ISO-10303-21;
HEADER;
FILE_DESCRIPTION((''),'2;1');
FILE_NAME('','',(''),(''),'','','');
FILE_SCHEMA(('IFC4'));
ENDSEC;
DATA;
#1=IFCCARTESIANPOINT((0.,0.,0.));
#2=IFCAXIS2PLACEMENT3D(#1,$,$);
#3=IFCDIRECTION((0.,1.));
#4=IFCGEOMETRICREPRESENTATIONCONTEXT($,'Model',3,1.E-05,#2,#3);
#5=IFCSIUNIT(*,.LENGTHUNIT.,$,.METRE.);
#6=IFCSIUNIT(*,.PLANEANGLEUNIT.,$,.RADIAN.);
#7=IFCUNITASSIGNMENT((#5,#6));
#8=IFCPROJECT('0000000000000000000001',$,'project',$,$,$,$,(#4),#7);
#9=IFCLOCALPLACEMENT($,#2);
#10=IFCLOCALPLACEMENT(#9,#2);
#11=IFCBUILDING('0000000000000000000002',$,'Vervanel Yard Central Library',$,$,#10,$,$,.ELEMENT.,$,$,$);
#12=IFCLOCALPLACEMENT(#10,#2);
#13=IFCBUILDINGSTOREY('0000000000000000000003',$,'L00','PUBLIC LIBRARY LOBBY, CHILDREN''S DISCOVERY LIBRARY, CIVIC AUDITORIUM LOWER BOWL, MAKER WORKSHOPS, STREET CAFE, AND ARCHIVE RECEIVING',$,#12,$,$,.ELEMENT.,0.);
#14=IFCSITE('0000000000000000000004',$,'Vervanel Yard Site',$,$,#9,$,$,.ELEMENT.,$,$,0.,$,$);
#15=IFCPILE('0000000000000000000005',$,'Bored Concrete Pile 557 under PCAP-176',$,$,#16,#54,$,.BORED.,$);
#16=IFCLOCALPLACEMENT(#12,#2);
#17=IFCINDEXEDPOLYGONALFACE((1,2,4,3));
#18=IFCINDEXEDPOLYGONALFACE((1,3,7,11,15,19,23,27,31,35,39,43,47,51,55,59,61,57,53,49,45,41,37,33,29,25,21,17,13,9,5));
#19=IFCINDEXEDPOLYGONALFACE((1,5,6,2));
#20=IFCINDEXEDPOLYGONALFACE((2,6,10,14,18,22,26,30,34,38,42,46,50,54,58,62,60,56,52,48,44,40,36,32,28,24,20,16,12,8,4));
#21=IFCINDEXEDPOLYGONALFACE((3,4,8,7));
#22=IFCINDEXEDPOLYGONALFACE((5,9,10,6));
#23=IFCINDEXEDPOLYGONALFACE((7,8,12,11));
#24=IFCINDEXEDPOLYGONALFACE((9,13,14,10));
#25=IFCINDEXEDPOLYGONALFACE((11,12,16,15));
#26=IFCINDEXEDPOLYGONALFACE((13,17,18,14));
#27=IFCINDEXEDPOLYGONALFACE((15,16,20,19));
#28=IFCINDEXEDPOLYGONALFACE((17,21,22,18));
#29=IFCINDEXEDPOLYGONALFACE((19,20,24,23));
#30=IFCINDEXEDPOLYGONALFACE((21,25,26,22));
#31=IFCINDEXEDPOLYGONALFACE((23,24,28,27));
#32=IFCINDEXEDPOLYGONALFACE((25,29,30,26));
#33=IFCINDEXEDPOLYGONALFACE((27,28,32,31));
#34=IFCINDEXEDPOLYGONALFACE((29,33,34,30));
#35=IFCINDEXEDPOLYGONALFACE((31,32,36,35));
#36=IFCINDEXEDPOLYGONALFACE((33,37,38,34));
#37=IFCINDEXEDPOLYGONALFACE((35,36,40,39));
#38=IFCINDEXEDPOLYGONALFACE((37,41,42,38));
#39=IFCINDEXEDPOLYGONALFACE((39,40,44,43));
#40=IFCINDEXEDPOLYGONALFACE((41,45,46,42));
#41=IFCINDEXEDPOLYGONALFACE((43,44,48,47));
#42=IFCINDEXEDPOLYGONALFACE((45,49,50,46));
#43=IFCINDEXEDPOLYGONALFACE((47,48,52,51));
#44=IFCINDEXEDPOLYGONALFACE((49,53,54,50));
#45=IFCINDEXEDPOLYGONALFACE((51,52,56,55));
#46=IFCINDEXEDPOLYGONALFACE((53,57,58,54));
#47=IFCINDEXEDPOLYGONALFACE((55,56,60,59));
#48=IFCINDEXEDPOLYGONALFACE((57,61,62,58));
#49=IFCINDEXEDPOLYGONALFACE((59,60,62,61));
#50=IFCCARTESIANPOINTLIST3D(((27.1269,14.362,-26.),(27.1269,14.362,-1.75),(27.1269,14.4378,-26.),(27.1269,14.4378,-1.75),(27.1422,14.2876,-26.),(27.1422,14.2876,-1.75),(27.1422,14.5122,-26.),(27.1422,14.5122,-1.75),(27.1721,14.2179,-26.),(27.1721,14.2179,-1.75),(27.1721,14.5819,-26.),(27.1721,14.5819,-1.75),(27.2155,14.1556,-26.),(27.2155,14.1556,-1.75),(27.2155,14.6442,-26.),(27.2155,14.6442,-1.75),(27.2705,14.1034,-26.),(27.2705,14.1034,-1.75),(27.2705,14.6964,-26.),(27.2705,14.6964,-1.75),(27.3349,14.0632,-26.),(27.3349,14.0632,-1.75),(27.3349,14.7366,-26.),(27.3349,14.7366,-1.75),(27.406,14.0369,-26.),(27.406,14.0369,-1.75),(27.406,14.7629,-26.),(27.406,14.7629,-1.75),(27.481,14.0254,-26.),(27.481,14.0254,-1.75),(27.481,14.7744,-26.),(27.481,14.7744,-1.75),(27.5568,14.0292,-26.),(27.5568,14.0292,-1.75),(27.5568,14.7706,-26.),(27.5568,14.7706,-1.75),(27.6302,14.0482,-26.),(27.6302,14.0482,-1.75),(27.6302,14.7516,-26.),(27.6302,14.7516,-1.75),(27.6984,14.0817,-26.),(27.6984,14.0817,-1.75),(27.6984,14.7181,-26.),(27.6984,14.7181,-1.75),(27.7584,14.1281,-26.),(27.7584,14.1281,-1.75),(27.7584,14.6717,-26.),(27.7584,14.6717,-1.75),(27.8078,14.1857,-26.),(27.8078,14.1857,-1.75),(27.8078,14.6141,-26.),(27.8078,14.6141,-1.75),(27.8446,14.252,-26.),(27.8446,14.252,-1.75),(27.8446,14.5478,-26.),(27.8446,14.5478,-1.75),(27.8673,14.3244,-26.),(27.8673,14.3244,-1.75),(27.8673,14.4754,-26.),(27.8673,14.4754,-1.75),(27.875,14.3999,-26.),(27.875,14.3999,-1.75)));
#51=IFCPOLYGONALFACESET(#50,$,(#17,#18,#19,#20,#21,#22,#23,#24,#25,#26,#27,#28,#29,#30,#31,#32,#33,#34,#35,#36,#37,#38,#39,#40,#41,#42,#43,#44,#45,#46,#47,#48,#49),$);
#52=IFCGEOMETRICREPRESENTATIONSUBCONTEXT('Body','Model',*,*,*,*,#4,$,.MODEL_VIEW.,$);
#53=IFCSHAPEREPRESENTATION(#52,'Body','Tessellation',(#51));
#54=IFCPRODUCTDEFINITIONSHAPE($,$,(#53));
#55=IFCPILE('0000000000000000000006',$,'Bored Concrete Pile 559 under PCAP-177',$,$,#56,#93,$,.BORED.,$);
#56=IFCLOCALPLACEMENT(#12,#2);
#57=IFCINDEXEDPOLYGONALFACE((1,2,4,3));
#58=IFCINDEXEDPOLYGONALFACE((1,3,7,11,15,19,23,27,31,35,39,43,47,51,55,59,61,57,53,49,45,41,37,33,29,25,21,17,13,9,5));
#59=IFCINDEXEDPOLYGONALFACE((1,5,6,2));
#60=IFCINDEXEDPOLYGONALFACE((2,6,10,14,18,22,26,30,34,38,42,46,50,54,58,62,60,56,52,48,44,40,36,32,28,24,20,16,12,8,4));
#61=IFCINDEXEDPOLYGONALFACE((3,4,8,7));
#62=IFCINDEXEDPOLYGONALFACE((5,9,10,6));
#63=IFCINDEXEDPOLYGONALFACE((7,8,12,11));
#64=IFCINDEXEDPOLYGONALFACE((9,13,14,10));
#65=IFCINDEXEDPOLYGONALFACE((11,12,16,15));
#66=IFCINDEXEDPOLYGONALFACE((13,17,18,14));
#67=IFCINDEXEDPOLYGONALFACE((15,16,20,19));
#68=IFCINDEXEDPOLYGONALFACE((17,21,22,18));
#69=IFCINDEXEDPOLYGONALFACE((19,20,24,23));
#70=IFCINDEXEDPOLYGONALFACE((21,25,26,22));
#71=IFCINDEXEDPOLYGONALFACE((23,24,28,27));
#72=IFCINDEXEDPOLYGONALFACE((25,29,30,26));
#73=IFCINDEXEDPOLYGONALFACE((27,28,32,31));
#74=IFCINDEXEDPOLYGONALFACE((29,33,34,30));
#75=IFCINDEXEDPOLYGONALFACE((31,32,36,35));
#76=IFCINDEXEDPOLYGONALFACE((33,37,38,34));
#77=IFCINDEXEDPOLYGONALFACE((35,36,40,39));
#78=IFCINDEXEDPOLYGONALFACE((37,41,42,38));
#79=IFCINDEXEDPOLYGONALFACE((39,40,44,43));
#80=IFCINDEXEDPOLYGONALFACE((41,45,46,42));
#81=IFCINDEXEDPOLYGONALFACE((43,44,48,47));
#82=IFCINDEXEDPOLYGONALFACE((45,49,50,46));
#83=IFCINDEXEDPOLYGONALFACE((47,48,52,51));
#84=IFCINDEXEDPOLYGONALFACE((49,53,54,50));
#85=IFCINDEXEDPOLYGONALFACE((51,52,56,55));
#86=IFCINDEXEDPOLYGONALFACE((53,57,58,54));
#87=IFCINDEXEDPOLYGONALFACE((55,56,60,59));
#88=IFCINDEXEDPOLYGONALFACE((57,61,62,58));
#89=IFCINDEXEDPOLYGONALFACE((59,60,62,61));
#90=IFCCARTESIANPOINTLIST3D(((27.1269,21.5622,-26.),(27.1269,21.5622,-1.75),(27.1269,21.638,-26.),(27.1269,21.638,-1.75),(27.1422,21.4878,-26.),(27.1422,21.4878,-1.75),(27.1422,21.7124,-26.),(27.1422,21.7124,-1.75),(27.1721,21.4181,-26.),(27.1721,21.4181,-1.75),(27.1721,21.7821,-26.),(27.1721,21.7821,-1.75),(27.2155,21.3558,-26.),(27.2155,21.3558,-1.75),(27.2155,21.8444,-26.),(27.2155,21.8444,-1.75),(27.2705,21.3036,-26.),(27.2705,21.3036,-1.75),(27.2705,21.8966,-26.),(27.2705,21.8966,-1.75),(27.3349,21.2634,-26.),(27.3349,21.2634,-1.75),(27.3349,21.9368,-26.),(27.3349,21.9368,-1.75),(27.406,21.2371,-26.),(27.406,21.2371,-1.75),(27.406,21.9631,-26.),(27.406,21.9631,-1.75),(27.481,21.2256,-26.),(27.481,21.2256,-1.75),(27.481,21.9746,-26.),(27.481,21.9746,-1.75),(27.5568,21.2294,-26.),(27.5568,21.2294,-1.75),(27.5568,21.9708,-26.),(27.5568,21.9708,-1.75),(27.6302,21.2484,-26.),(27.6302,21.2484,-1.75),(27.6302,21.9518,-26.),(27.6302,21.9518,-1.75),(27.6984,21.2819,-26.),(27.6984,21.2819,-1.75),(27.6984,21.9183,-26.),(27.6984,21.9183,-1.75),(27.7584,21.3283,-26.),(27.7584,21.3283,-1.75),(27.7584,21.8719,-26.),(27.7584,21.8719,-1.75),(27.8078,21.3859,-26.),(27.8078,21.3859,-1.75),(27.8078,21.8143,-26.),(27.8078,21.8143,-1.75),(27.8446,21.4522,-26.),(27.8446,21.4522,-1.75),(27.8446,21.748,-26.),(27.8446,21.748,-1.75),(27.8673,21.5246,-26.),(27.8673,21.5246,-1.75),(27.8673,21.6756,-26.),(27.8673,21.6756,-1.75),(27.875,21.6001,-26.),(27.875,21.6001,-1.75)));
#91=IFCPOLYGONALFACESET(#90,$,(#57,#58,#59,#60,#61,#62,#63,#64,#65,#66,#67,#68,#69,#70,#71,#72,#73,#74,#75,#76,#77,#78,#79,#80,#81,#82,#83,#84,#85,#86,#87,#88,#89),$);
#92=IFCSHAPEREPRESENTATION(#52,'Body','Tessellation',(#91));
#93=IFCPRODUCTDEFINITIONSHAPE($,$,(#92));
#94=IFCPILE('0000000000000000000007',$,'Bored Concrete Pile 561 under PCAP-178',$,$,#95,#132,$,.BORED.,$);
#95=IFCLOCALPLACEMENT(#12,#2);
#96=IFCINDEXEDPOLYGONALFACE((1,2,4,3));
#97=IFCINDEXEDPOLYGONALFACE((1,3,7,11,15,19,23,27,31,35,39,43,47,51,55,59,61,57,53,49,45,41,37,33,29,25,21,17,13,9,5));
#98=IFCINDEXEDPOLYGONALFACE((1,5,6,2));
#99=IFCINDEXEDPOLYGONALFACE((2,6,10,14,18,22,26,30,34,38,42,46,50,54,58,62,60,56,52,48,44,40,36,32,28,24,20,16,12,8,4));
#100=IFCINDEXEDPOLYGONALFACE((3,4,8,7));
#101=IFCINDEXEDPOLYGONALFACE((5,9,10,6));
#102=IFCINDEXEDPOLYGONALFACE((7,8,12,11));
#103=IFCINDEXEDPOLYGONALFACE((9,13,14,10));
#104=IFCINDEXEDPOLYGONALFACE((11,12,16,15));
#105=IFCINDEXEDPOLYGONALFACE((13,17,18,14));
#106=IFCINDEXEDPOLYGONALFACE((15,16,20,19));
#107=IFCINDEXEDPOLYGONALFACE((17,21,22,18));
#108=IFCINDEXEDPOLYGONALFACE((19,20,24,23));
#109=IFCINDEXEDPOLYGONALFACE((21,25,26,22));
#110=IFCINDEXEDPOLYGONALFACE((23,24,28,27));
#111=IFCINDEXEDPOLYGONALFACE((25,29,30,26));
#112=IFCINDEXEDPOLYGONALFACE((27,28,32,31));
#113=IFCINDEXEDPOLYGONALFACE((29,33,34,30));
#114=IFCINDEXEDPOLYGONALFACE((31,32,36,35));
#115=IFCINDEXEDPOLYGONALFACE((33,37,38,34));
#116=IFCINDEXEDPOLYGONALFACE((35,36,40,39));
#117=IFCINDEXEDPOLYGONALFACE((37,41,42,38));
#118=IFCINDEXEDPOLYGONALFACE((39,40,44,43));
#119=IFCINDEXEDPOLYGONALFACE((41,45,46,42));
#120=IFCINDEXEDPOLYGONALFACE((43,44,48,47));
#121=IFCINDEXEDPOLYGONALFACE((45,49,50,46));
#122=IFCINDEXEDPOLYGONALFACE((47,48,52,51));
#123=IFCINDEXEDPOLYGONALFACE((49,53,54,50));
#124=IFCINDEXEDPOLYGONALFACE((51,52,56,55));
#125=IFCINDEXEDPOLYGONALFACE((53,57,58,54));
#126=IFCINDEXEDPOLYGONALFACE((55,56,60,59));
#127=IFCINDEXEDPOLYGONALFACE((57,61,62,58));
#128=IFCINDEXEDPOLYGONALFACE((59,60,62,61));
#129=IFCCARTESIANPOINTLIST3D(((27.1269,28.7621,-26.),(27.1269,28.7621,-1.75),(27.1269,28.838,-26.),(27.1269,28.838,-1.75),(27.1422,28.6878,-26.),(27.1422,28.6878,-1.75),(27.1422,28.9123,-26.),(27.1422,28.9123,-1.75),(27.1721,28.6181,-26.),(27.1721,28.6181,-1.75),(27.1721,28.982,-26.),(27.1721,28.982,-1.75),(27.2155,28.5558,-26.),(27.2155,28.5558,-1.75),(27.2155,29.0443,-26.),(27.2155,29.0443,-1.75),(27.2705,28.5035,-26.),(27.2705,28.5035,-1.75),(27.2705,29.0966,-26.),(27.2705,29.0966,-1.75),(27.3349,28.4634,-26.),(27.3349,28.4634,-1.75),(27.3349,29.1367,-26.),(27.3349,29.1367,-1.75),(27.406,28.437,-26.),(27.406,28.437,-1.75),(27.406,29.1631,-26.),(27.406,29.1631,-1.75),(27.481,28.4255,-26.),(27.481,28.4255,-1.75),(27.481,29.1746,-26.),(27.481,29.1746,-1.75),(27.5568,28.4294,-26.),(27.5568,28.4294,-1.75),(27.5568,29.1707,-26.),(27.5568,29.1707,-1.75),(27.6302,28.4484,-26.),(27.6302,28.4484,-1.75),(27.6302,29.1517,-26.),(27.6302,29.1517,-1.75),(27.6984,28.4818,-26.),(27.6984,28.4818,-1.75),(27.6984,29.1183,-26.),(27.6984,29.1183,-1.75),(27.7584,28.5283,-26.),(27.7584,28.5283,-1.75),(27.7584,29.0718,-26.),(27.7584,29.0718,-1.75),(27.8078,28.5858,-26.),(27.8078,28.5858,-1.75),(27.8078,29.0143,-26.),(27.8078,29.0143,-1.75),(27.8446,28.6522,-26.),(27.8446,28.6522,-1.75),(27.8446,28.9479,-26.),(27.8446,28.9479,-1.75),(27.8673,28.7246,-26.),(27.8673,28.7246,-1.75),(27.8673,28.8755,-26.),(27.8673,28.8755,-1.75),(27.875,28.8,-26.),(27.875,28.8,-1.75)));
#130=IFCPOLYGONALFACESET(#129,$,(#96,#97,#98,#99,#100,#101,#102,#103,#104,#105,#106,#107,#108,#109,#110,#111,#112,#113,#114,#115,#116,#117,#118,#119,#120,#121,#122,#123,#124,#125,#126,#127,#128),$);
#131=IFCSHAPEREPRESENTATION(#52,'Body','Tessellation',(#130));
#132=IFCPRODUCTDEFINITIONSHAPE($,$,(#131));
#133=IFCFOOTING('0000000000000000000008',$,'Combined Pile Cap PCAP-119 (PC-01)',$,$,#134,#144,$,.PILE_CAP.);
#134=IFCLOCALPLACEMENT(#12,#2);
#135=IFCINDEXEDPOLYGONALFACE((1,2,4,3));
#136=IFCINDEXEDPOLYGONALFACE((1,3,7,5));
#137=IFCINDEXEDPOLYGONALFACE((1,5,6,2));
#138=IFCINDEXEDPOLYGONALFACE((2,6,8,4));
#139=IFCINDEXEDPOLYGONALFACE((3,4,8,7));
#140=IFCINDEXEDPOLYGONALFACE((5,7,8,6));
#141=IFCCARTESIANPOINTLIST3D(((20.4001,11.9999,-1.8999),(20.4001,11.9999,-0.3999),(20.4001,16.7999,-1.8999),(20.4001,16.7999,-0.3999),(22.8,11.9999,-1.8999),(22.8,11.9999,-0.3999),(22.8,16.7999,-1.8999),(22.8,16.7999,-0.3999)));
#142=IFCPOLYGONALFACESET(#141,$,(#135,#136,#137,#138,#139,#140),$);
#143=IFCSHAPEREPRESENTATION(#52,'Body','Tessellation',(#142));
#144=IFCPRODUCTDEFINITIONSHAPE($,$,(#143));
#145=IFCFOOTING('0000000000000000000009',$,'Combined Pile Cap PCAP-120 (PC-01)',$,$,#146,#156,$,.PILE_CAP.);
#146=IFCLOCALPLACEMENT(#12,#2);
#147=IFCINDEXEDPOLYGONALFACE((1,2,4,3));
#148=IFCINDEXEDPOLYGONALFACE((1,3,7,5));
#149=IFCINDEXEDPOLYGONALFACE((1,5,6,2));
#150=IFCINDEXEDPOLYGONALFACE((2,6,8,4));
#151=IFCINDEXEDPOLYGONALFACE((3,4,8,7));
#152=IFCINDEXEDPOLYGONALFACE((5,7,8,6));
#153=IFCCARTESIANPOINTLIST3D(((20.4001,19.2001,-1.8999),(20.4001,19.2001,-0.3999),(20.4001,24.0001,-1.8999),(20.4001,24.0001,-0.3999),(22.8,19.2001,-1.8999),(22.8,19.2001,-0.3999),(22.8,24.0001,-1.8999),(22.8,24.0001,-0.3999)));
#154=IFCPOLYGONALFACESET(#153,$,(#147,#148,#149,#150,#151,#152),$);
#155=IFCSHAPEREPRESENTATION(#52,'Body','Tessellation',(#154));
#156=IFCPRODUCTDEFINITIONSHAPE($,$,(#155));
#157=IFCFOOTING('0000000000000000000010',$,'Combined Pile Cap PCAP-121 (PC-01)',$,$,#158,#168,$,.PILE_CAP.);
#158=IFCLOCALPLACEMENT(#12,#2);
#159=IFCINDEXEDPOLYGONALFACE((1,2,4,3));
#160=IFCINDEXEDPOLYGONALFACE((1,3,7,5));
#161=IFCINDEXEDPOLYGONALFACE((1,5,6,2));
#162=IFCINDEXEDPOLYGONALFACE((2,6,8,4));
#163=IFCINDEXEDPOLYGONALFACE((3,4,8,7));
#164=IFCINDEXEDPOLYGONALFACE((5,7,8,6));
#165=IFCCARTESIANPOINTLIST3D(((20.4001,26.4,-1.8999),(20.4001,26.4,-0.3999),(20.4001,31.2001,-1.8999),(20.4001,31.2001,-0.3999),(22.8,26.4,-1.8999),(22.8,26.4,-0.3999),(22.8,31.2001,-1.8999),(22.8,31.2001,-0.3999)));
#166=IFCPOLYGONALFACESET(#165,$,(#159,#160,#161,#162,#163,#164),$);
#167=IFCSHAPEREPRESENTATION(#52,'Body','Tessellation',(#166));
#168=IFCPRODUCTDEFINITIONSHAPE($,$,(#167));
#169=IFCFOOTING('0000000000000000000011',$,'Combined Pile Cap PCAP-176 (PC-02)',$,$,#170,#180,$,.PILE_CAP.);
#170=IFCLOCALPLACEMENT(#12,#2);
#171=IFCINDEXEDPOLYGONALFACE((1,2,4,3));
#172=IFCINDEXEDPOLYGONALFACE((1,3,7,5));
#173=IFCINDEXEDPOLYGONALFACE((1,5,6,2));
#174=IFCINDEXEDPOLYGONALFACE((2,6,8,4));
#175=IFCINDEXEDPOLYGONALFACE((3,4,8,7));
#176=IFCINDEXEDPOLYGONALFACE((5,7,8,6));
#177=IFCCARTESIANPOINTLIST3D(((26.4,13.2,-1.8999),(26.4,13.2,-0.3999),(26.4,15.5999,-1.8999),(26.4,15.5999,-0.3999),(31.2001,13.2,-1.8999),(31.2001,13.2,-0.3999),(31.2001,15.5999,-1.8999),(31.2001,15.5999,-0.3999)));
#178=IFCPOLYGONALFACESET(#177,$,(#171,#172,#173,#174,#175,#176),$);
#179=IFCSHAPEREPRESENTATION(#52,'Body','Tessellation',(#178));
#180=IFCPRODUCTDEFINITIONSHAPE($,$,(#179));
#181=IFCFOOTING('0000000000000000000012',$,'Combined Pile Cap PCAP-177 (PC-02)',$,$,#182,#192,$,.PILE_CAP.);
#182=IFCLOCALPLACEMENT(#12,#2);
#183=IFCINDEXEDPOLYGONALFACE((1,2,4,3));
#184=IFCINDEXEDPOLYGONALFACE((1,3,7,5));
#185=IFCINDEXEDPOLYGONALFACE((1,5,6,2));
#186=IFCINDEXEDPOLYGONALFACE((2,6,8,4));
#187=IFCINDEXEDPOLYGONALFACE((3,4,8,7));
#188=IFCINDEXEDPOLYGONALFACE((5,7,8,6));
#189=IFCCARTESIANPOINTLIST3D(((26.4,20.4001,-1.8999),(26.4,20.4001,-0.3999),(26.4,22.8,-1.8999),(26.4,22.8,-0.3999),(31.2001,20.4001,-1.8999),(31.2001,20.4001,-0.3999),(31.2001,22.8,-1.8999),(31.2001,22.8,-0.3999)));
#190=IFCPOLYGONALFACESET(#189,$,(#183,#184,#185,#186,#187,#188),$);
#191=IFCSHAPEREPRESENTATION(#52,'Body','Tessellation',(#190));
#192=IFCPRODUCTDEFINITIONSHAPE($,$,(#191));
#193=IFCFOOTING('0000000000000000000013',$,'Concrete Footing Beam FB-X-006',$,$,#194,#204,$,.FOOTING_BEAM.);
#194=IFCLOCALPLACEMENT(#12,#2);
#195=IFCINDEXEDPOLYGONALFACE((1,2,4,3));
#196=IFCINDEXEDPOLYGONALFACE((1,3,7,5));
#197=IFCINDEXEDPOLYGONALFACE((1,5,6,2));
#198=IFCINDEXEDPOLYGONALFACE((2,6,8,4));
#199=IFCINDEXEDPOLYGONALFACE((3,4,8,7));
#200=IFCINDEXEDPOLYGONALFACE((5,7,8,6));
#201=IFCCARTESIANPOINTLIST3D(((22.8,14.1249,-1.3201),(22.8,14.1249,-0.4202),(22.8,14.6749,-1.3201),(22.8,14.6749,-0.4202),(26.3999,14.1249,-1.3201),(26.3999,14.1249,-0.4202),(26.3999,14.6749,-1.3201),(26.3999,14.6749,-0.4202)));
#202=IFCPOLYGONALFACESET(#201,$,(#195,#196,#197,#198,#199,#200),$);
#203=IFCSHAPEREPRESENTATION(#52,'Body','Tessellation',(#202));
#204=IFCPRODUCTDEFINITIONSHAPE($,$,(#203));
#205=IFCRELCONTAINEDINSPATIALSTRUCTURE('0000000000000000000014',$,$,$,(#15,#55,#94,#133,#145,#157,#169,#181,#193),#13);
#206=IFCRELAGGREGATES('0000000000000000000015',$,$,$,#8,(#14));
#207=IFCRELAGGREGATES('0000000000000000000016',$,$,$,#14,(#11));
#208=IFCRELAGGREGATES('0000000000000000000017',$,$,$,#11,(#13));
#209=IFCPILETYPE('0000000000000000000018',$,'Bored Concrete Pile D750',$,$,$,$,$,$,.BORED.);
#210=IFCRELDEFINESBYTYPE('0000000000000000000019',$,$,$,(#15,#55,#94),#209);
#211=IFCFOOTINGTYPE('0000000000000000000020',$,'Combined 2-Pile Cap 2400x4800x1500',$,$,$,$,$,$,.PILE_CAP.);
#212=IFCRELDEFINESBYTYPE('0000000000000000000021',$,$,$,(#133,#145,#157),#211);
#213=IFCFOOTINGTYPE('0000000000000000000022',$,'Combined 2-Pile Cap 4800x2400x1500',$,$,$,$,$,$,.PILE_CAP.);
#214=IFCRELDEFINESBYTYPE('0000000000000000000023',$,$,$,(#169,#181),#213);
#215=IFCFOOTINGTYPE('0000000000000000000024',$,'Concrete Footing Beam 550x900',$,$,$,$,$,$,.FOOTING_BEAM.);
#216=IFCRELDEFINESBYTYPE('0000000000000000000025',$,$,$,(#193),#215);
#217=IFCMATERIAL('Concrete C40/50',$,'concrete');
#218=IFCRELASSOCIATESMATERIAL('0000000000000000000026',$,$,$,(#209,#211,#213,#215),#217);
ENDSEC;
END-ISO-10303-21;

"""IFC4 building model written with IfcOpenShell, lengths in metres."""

from ifc_helpers import new_model, si_unit, direction, frame, origin, origin_2d, place, context, subcontext, project, spatial, rectangle, circle, extrude, material, material_profile, profile_set, type_object, element, save


model = new_model("IFC4")

# Units and contexts
model_context = context("Model", 3, precision=1e-05, world=origin(), true_north=direction((0.0, 1.0)))
body_context = subcontext(model_context, "Body", "Model", "MODEL_VIEW")
ifc_project = project(units=[si_unit("LENGTHUNIT", "METRE"), si_unit("PLANEANGLEUNIT", "RADIAN")], contexts=[model_context])

# Site, building, storey
site_placement = place(None, origin())
site = spatial("IfcSite", under=ifc_project, at=site_placement, Name="Vervanel Yard Site", CompositionType="ELEMENT", RefElevation=0.0)
building_placement = place(site_placement, origin())
building = spatial("IfcBuilding", under=site, at=building_placement, Name="Vervanel Yard Central Library", CompositionType="ELEMENT")
storey_placement = place(building_placement, origin())
storey = spatial("IfcBuildingStorey", under=building, at=storey_placement, Name="L00", Description="PUBLIC LIBRARY LOBBY, CHILDREN'S DISCOVERY LIBRARY, CIVIC AUDITORIUM LOWER BOWL, MAKER WORKSHOPS, STREET CAFE, AND ARCHIVE RECEIVING", CompositionType="ELEMENT", Elevation=0.0)

# Piles
ifc_material_1 = material(Name="Concrete C40/50", Category="concrete")
ifc_material_profile_1 = material_profile(ifc_material_1, circle(Radius=0.375, at=origin_2d()), Name="BP D750", Category="concrete")
ifc_profile_set_1 = profile_set([ifc_material_profile_1], Name="Concrete C40/50")
pile_type = type_object("IfcPileType", Name="Bored Concrete Pile D750", PredefinedType="BORED", material=ifc_profile_set_1)
for number, where, z_axis, x_axis, name in (
    (1, (27.5, 14.3999, -1.75), (0.0, 0.0, -1.0), (1.0, 0.0, 0.0), "Bored Concrete Pile 557 under PCAP-176"),
    (2, (27.5, 21.6001, -1.75), (0.0, 0.0, -1.0), (1.0, 0.0, 0.0), "Bored Concrete Pile 559 under PCAP-177"),
    (3, (27.5, 28.8, -1.75), (0.0, 0.0, -1.0), (1.0, 0.0, 0.0), "Bored Concrete Pile 561 under PCAP-178"),
):
    element("IfcPile", number, at=place(storey_placement, frame(where, z_axis=z_axis, x_axis=x_axis)), inside=storey, type_object=pile_type, Name=name, PredefinedType="BORED", context=body_context, shape_type="SweptSolid", body=[
        extrude(circle(Radius=0.375, at=origin_2d()), origin(), (0.0, 0.0, 1.0), 24.25),
    ])

# Footings
footing_type_1 = type_object("IfcFootingType", Name="Combined 2-Pile Cap 2400x4800x1500", PredefinedType="PILE_CAP", material=ifc_material_1)
for number, where, z_axis, x_axis, name in (
    (4, (21.6001, 14.3999, -1.8999), (0.0, 0.0, 1.0), (1.0, 0.0, 0.0), "Combined Pile Cap PCAP-119 (PC-01)"),
    (5, (21.6001, 21.6001, -1.8999), (0.0, 0.0, 1.0), (1.0, 0.0, 0.0), "Combined Pile Cap PCAP-120 (PC-01)"),
    (6, (21.6001, 28.8, -1.8999), (0.0, 0.0, 1.0), (1.0, 0.0, 0.0), "Combined Pile Cap PCAP-121 (PC-01)"),
):
    element("IfcFooting", number, at=place(storey_placement, frame(where, z_axis=z_axis, x_axis=x_axis)), inside=storey, type_object=footing_type_1, Name=name, PredefinedType="PILE_CAP", context=body_context, shape_type="SweptSolid", body=[
        extrude(rectangle(XDim=2.3999, YDim=4.8, at=origin_2d()), origin(), (0.0, 0.0, 1.0), 1.5),
    ])
footing_type_2 = type_object("IfcFootingType", Name="Combined 2-Pile Cap 4800x2400x1500", PredefinedType="PILE_CAP", material=ifc_material_1)
for number, where, z_axis, x_axis, name in (
    (7, (28.8, 14.3999, -1.8999), (0.0, 0.0, 1.0), (1.0, 0.0, 0.0), "Combined Pile Cap PCAP-176 (PC-02)"),
    (8, (28.8, 21.6001, -1.8999), (0.0, 0.0, 1.0), (1.0, 0.0, 0.0), "Combined Pile Cap PCAP-177 (PC-02)"),
):
    element("IfcFooting", number, at=place(storey_placement, frame(where, z_axis=z_axis, x_axis=x_axis)), inside=storey, type_object=footing_type_2, Name=name, PredefinedType="PILE_CAP", context=body_context, shape_type="SweptSolid", body=[
        extrude(rectangle(XDim=4.8, YDim=2.3999, at=origin_2d()), origin(), (0.0, 0.0, 1.0), 1.5),
    ])
ifc_material_profile_2 = material_profile(ifc_material_1, rectangle(XDim=0.55, YDim=0.8999, at=origin_2d()), Name="RC 550x900", Category="concrete")
ifc_profile_set_2 = profile_set([ifc_material_profile_2], Name="Concrete C40/50")
footing_type_3 = type_object("IfcFootingType", Name="Concrete Footing Beam 550x900", PredefinedType="FOOTING_BEAM", material=ifc_profile_set_2)
for number, where, z_axis, x_axis, name in (
    (9, (22.8, 14.3999, -0.8701), (1.0, 0.0, 0.0), (0.0, 1.0, 0.0), "Concrete Footing Beam FB-X-006"),
):
    element("IfcFooting", number, at=place(storey_placement, frame(where, z_axis=z_axis, x_axis=x_axis)), inside=storey, type_object=footing_type_3, Name=name, PredefinedType="FOOTING_BEAM", context=body_context, shape_type="SweptSolid", body=[
        extrude(rectangle(XDim=0.55, YDim=0.8999, at=origin_2d()), origin(), (0.0, 0.0, 1.0), 3.5999),
    ])

save(model, "model.ifc")
